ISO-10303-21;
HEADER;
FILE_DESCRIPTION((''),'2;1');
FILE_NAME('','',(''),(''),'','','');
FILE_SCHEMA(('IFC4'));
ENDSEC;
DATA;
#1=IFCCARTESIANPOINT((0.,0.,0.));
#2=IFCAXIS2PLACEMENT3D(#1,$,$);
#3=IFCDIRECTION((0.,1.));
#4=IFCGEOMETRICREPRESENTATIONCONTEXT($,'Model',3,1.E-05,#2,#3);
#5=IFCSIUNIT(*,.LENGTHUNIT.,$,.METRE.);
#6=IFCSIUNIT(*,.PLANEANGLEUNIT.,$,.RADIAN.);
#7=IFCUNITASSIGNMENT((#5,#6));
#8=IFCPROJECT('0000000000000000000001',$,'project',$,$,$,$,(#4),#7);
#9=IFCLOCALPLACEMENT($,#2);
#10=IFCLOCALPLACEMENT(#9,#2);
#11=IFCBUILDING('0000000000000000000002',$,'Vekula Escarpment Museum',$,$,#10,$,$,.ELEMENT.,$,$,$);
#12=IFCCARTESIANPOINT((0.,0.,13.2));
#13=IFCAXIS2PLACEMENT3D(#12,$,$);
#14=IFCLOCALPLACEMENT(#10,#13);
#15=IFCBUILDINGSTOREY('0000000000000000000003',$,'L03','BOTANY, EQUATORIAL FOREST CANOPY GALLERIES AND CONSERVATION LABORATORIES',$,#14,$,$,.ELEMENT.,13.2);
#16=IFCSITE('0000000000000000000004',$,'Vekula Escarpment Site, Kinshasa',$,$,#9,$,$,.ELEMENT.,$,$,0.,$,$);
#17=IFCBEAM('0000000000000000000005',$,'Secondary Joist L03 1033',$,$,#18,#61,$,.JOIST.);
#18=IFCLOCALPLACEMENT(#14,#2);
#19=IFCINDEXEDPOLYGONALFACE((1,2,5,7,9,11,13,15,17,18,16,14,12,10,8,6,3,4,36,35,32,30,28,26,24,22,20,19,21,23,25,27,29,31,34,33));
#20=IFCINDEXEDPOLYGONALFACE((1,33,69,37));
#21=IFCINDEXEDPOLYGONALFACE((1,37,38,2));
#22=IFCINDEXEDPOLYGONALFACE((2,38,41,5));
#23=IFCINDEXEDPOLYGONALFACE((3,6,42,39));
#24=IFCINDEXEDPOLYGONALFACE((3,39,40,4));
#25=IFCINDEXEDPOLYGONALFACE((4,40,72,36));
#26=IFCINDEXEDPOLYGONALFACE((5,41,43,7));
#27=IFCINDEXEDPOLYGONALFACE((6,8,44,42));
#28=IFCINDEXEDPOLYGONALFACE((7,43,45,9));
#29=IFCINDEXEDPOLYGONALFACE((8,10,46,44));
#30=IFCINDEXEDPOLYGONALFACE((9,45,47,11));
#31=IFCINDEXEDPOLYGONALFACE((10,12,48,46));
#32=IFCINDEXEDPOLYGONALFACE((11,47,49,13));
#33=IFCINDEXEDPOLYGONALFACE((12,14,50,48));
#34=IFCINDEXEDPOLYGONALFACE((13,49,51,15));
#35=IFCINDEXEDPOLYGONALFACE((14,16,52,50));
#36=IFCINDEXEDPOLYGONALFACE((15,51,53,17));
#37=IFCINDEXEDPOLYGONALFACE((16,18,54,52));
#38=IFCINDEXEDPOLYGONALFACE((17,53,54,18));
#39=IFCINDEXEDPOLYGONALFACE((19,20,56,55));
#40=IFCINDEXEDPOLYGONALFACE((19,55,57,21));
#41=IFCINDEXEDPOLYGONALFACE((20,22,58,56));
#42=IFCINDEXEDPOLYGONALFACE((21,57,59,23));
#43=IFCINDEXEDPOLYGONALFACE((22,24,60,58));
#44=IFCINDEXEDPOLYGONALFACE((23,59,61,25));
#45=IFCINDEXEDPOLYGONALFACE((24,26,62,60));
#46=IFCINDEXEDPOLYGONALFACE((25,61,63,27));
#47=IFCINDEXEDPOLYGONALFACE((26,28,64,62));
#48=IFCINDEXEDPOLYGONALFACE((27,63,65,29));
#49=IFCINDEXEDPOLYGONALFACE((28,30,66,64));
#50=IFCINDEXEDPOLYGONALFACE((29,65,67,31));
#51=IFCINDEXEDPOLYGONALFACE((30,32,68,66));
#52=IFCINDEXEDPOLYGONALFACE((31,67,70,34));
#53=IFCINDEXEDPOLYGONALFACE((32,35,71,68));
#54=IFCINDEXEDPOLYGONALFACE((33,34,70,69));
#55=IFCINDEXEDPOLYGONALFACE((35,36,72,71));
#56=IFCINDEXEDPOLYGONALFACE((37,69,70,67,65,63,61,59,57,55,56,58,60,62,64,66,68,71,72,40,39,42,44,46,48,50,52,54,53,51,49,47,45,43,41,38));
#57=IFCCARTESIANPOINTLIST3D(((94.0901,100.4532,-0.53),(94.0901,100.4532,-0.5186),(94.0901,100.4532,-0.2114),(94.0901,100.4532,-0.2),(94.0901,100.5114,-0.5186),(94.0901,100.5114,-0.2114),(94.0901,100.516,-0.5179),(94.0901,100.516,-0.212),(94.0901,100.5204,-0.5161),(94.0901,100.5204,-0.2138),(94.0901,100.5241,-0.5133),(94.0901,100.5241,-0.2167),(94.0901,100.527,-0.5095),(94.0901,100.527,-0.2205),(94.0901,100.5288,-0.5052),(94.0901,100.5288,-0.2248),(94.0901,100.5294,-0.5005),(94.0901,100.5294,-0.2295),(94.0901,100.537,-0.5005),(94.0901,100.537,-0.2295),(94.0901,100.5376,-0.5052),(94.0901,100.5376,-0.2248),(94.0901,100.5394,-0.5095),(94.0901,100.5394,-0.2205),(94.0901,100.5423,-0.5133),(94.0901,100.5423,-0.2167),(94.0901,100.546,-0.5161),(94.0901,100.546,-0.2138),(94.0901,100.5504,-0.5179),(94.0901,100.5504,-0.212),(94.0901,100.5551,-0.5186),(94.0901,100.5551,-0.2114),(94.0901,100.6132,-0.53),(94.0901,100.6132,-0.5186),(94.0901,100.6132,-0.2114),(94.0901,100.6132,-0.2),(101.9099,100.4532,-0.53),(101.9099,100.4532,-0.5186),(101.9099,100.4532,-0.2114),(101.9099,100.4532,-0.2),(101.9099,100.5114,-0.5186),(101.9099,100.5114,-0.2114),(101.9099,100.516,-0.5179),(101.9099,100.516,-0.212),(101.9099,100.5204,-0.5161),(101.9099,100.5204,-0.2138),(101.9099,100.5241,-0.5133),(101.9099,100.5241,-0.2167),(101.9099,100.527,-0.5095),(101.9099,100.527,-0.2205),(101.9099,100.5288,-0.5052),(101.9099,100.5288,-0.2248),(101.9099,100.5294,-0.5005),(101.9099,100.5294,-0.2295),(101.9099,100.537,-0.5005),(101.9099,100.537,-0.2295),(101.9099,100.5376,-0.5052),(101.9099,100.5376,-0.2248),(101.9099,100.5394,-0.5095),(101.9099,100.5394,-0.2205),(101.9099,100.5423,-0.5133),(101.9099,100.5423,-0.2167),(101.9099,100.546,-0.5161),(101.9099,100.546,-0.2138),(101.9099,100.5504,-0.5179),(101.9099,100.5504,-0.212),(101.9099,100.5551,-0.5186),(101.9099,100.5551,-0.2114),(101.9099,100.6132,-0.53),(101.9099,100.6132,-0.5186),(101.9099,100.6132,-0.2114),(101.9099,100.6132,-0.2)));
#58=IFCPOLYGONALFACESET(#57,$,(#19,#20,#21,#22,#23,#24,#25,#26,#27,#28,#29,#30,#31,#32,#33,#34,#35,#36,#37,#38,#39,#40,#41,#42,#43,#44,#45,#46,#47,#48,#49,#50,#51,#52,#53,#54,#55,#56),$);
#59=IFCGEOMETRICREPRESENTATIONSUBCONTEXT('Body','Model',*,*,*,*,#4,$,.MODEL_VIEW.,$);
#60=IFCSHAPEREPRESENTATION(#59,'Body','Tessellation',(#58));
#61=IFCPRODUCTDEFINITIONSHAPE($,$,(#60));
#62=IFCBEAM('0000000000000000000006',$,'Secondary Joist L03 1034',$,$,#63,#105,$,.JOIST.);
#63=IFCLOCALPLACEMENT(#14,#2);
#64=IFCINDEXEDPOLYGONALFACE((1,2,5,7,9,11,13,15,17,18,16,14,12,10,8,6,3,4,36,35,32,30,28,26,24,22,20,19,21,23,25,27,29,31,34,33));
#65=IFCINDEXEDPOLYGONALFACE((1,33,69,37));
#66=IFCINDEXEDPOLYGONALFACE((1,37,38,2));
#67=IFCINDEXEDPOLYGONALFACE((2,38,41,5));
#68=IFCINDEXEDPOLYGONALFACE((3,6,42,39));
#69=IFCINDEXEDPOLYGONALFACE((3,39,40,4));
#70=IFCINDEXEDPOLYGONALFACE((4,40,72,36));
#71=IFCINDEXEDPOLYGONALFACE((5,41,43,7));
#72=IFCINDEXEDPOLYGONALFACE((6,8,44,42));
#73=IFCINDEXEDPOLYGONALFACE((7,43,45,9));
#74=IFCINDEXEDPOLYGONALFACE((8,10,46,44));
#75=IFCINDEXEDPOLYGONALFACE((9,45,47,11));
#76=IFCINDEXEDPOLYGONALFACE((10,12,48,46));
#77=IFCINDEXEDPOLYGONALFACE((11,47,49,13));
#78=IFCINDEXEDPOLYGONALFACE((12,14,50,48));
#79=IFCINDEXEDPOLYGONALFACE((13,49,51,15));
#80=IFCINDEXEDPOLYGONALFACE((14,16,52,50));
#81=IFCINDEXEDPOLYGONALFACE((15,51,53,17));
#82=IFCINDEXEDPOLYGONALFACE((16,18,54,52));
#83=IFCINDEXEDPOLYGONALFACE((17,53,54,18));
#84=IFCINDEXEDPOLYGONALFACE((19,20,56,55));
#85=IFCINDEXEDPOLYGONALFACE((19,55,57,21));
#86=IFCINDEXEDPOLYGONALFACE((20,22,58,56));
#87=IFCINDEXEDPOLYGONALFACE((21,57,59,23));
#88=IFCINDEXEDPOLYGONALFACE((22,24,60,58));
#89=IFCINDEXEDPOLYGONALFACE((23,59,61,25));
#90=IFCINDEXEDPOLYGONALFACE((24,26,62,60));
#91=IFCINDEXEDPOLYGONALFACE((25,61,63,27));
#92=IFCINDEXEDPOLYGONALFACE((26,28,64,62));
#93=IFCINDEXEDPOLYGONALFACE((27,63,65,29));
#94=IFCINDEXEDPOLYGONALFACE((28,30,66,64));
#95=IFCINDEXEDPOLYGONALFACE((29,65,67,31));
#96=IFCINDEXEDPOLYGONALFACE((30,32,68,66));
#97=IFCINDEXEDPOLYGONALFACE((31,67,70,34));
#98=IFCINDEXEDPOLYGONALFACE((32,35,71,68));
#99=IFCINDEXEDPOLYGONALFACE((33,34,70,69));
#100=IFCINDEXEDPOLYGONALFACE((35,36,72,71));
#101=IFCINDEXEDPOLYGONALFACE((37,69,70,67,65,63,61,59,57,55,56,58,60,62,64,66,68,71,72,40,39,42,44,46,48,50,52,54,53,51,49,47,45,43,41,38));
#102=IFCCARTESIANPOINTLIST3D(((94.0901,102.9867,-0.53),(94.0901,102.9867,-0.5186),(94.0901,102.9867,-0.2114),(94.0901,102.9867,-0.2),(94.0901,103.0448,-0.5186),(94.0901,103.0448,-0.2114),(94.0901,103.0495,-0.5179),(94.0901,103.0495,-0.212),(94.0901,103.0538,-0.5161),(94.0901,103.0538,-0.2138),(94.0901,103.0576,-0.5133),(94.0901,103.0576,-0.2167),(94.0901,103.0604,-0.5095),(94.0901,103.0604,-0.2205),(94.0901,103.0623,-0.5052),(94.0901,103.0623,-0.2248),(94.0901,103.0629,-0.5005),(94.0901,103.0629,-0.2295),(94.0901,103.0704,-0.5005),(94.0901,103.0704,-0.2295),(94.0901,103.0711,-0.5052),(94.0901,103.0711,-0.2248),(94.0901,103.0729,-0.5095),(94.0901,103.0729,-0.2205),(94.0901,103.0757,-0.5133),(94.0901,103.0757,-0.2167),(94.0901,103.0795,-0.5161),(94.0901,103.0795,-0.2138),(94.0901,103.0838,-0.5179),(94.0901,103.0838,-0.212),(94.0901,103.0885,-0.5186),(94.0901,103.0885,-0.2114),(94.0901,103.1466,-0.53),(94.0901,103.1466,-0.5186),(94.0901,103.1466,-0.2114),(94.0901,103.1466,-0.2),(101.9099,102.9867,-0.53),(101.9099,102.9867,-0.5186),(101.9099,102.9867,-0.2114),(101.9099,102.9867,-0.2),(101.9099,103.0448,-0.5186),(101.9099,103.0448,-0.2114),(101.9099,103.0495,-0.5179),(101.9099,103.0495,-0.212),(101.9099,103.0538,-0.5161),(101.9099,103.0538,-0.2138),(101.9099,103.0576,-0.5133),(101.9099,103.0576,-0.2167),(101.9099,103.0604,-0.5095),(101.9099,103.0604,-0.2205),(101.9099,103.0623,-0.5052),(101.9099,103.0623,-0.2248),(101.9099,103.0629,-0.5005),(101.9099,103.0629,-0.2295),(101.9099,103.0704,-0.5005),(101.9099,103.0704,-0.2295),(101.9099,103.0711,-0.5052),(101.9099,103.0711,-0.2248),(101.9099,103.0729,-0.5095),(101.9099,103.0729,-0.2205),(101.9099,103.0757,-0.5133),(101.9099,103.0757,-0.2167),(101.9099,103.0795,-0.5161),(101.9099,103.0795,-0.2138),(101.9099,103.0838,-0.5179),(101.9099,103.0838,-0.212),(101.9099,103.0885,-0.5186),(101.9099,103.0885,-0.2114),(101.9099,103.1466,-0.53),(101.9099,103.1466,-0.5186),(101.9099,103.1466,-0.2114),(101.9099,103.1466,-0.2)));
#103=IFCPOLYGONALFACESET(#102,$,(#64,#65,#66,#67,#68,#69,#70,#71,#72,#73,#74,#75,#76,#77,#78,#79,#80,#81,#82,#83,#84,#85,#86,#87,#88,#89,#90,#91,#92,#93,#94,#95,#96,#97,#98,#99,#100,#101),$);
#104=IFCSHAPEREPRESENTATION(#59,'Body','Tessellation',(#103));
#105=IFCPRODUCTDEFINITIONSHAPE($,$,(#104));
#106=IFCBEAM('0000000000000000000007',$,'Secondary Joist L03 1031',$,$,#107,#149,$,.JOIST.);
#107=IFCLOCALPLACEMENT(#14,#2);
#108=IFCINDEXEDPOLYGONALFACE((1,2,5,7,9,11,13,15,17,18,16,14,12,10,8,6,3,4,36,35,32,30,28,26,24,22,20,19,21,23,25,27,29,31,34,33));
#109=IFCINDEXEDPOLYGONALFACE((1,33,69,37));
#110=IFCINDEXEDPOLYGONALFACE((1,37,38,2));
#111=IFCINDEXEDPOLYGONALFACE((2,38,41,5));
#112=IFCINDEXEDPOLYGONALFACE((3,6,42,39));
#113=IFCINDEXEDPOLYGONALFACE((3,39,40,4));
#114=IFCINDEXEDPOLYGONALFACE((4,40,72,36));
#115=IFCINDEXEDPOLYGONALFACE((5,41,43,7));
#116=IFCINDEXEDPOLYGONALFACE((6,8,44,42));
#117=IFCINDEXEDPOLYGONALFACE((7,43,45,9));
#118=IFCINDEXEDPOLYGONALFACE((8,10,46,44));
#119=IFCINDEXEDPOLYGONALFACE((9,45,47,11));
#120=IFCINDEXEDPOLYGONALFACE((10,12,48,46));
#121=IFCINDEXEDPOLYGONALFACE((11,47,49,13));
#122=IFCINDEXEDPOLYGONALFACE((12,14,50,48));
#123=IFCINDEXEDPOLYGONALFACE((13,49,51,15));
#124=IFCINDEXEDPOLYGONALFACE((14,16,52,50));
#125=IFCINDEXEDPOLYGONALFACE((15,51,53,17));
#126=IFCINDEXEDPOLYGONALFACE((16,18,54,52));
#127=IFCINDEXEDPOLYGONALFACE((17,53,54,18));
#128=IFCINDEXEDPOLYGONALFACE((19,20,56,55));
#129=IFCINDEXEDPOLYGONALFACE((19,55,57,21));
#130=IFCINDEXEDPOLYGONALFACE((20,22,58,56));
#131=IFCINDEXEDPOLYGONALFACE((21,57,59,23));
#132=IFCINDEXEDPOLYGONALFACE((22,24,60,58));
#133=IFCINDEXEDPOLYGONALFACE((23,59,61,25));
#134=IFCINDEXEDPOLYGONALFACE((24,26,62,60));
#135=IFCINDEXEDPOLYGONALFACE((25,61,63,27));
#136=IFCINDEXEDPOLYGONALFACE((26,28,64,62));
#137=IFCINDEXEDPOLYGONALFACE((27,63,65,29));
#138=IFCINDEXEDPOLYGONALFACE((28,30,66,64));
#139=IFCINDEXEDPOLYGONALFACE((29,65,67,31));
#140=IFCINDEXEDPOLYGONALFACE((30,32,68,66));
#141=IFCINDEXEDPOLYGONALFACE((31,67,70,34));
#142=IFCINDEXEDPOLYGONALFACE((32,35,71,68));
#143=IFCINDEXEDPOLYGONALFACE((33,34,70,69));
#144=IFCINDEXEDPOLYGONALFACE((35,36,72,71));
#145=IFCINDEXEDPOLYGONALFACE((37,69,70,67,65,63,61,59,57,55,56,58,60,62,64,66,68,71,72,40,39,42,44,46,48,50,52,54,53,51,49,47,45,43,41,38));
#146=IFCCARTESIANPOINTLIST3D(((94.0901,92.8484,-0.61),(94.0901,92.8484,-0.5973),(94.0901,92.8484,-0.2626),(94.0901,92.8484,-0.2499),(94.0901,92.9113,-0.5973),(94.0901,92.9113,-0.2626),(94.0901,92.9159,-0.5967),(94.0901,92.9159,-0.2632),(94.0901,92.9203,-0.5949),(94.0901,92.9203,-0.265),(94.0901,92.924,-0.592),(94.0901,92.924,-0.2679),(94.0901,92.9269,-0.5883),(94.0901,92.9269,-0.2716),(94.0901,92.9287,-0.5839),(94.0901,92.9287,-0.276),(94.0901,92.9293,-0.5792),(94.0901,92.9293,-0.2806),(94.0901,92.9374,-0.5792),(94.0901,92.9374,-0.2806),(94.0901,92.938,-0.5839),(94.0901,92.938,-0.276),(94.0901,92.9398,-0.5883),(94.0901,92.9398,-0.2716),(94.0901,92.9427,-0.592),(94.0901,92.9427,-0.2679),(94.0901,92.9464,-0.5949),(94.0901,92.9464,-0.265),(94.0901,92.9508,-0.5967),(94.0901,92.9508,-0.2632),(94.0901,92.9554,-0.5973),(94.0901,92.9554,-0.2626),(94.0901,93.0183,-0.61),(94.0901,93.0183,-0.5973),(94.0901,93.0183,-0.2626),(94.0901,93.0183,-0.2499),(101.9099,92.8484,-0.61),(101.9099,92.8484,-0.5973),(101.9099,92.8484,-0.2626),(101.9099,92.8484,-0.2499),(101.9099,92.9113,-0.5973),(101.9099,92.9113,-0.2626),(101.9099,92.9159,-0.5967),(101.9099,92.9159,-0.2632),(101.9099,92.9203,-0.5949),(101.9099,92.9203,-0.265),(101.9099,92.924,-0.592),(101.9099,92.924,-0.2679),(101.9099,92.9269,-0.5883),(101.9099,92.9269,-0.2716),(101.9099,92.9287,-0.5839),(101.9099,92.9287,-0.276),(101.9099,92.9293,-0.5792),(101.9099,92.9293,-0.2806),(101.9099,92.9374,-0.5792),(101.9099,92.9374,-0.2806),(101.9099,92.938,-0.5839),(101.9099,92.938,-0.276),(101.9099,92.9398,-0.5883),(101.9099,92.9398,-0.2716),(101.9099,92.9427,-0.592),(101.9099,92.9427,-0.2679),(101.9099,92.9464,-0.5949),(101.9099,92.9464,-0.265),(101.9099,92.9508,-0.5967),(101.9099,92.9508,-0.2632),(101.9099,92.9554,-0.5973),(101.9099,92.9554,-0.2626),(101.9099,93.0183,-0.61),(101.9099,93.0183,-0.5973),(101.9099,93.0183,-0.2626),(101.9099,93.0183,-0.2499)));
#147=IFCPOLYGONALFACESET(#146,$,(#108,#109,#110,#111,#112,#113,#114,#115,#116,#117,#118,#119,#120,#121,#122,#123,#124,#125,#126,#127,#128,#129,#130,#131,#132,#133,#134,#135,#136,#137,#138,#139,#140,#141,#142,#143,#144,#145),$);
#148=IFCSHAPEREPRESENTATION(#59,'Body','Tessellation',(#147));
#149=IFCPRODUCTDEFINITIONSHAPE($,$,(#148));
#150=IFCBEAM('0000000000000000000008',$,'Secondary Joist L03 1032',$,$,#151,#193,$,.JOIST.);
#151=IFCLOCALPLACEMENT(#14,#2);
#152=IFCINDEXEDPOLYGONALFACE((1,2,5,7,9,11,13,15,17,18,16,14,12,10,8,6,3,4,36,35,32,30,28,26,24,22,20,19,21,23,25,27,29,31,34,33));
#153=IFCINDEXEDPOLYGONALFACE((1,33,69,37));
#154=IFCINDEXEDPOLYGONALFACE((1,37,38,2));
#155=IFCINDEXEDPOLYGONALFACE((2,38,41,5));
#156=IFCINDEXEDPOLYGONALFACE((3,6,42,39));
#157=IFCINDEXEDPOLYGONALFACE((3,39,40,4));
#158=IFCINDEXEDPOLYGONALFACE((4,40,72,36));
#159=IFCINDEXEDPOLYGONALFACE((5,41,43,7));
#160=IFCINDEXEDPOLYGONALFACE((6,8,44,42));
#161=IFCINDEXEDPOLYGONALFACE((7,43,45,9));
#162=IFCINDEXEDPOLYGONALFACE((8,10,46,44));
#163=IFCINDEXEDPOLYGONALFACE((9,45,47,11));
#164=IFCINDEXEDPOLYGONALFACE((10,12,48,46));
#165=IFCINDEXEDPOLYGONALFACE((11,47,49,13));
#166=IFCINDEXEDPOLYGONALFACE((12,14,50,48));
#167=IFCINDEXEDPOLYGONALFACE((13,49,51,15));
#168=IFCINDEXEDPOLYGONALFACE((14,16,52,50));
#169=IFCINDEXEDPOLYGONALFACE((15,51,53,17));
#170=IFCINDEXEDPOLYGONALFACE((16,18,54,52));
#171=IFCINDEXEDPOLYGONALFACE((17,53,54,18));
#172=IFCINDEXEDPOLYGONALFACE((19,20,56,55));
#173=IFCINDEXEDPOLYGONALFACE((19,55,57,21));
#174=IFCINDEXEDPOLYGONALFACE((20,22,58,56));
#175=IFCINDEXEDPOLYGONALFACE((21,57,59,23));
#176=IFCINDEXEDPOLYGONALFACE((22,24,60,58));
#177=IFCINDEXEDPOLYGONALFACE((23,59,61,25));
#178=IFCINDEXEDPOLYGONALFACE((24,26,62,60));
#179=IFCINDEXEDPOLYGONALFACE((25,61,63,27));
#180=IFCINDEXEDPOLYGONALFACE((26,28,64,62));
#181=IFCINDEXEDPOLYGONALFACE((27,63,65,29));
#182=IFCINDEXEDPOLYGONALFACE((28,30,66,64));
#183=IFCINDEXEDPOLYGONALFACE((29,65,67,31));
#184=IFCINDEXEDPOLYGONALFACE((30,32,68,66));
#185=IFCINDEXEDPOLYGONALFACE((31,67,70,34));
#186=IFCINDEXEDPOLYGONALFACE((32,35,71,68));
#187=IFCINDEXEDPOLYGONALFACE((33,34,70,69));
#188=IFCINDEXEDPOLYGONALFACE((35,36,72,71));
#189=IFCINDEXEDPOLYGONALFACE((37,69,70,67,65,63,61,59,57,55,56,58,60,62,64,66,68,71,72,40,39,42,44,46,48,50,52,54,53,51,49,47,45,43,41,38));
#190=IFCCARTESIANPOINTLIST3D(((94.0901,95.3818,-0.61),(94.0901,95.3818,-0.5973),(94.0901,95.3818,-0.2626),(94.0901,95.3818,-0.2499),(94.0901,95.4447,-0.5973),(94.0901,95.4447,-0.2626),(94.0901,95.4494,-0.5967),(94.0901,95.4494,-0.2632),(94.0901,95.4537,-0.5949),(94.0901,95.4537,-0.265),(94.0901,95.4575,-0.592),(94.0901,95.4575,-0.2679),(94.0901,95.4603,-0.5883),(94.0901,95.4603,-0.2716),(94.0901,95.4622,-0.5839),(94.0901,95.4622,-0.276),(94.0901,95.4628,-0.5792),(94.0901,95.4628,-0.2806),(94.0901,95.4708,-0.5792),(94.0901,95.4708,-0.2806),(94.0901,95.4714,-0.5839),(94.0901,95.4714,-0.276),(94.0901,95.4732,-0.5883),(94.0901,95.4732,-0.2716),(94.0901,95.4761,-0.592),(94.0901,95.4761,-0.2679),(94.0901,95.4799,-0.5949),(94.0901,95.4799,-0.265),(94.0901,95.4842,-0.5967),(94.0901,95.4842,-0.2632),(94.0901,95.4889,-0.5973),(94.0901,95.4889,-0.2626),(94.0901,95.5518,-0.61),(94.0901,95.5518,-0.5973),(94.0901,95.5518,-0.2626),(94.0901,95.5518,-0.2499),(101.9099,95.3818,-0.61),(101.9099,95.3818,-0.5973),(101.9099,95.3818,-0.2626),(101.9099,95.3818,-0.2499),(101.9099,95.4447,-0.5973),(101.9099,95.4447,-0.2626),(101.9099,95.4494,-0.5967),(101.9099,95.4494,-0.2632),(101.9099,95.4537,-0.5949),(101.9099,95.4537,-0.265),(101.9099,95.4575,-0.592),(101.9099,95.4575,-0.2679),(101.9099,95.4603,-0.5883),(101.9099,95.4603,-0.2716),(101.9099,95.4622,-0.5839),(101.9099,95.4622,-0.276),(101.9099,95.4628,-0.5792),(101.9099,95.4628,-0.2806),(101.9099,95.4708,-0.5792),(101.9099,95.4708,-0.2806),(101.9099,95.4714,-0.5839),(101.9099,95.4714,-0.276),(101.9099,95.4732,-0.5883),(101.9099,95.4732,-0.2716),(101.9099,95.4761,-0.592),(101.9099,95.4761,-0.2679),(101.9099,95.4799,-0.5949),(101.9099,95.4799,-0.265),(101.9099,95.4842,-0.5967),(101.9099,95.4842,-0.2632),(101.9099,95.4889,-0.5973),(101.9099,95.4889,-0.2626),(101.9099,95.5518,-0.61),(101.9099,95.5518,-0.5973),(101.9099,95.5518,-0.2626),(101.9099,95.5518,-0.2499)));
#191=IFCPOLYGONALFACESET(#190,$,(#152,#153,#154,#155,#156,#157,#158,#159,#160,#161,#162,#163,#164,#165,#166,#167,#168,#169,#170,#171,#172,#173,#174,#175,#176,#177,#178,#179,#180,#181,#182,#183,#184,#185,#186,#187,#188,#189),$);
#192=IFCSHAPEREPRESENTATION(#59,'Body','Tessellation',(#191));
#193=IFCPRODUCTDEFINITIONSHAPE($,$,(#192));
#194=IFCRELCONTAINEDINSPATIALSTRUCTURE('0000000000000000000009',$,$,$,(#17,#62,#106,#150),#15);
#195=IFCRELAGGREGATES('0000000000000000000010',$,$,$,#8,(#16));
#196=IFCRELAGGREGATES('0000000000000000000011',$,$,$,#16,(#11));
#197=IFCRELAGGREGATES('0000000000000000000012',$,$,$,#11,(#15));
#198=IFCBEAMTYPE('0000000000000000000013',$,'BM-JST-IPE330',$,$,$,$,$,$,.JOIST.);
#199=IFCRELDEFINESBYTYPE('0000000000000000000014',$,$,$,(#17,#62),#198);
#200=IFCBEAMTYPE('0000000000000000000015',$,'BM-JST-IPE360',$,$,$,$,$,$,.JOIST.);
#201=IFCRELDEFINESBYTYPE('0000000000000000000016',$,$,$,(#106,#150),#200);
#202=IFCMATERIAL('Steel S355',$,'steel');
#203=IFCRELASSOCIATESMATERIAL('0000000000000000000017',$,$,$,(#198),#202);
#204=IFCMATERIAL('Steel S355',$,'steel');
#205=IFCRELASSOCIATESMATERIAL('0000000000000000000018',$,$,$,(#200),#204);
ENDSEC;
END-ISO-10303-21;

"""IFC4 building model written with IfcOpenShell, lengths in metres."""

from ifc_helpers import new_model, si_unit, direction, frame, origin, origin_2d, place, context, subcontext, project, spatial, i_section, extrude, material, material_profile, profile_set, type_object, element, save


model = new_model("IFC4")

# Units and contexts
model_context = context("Model", 3, precision=1e-05, world=origin(), true_north=direction((0.0, 1.0)))
body_context = subcontext(model_context, "Body", "Model", "MODEL_VIEW")
ifc_project = project(units=[si_unit("LENGTHUNIT", "METRE"), si_unit("PLANEANGLEUNIT", "RADIAN")], contexts=[model_context])

# Site, building, storey
site_placement = place(None, origin())
site = spatial("IfcSite", under=ifc_project, at=site_placement, Name="Vekula Escarpment Site, Kinshasa", CompositionType="ELEMENT", RefElevation=0.0)
building_placement = place(site_placement, origin())
building = spatial("IfcBuilding", under=site, at=building_placement, Name="Vekula Escarpment Museum", CompositionType="ELEMENT")
storey_placement = place(building_placement, frame((0.0, 0.0, 13.2)))
storey = spatial("IfcBuildingStorey", under=building, at=storey_placement, Name="L03", Description="BOTANY, EQUATORIAL FOREST CANOPY GALLERIES AND CONSERVATION LABORATORIES", CompositionType="ELEMENT", Elevation=13.2)

# Beams
ifc_material_1 = material(Name="Steel S355", Category="steel")
ifc_material_profile_1 = material_profile(ifc_material_1, i_section(OverallWidth=0.1599, OverallDepth=0.3301, WebThickness=0.0076, FlangeThickness=0.0115, FilletRadius=0.0181, at=origin_2d()), Name="IPE 330")
ifc_profile_set_1 = profile_set([ifc_material_profile_1], Name="Steel S355")
beam_type_1 = type_object("IfcBeamType", Name="BM-JST-IPE330", PredefinedType="JOIST", material=ifc_profile_set_1)
for number, where, z_axis, x_axis, name in (
    (1, (94.0901, 100.5332, -0.365), (1.0, 0.0, 0.0), (0.0, 1.0, 0.0), "Secondary Joist L03 1033"),
    (2, (94.0901, 103.0667, -0.365), (1.0, 0.0, 0.0), (0.0, 1.0, 0.0), "Secondary Joist L03 1034"),
):
    element("IfcBeam", number, at=place(storey_placement, frame(where, z_axis=z_axis, x_axis=x_axis)), inside=storey, type_object=beam_type_1, Name=name, PredefinedType="JOIST", context=body_context, shape_type="SweptSolid", body=[
        extrude(i_section(OverallWidth=0.1599, OverallDepth=0.3301, WebThickness=0.0076, FlangeThickness=0.0115, FilletRadius=0.0181, at=origin_2d()), origin(), (0.0, 0.0, 1.0), 7.8198),
    ])
ifc_material_2 = material(Name="Steel S355", Category="steel")
ifc_material_profile_2 = material_profile(ifc_material_2, i_section(OverallWidth=0.1699, OverallDepth=0.3601, WebThickness=0.0081, FlangeThickness=0.0127, FilletRadius=0.0181, at=origin_2d()), Name="IPE 360")
ifc_profile_set_2 = profile_set([ifc_material_profile_2], Name="Steel S355")
beam_type_2 = type_object("IfcBeamType", Name="BM-JST-IPE360", PredefinedType="JOIST", material=ifc_profile_set_2)
for number, where, z_axis, x_axis, name in (
    (3, (94.0901, 92.9333, -0.4299), (1.0, 0.0, 0.0), (0.0, 1.0, 0.0), "Secondary Joist L03 1031"),
    (4, (94.0901, 95.4668, -0.4299), (1.0, 0.0, 0.0), (0.0, 1.0, 0.0), "Secondary Joist L03 1032"),
):
    element("IfcBeam", number, at=place(storey_placement, frame(where, z_axis=z_axis, x_axis=x_axis)), inside=storey, type_object=beam_type_2, Name=name, PredefinedType="JOIST", context=body_context, shape_type="SweptSolid", body=[
        extrude(i_section(OverallWidth=0.1699, OverallDepth=0.3601, WebThickness=0.0081, FlangeThickness=0.0127, FilletRadius=0.0181, at=origin_2d()), origin(), (0.0, 0.0, 1.0), 7.8198),
    ])

save(model, "model.ifc")
